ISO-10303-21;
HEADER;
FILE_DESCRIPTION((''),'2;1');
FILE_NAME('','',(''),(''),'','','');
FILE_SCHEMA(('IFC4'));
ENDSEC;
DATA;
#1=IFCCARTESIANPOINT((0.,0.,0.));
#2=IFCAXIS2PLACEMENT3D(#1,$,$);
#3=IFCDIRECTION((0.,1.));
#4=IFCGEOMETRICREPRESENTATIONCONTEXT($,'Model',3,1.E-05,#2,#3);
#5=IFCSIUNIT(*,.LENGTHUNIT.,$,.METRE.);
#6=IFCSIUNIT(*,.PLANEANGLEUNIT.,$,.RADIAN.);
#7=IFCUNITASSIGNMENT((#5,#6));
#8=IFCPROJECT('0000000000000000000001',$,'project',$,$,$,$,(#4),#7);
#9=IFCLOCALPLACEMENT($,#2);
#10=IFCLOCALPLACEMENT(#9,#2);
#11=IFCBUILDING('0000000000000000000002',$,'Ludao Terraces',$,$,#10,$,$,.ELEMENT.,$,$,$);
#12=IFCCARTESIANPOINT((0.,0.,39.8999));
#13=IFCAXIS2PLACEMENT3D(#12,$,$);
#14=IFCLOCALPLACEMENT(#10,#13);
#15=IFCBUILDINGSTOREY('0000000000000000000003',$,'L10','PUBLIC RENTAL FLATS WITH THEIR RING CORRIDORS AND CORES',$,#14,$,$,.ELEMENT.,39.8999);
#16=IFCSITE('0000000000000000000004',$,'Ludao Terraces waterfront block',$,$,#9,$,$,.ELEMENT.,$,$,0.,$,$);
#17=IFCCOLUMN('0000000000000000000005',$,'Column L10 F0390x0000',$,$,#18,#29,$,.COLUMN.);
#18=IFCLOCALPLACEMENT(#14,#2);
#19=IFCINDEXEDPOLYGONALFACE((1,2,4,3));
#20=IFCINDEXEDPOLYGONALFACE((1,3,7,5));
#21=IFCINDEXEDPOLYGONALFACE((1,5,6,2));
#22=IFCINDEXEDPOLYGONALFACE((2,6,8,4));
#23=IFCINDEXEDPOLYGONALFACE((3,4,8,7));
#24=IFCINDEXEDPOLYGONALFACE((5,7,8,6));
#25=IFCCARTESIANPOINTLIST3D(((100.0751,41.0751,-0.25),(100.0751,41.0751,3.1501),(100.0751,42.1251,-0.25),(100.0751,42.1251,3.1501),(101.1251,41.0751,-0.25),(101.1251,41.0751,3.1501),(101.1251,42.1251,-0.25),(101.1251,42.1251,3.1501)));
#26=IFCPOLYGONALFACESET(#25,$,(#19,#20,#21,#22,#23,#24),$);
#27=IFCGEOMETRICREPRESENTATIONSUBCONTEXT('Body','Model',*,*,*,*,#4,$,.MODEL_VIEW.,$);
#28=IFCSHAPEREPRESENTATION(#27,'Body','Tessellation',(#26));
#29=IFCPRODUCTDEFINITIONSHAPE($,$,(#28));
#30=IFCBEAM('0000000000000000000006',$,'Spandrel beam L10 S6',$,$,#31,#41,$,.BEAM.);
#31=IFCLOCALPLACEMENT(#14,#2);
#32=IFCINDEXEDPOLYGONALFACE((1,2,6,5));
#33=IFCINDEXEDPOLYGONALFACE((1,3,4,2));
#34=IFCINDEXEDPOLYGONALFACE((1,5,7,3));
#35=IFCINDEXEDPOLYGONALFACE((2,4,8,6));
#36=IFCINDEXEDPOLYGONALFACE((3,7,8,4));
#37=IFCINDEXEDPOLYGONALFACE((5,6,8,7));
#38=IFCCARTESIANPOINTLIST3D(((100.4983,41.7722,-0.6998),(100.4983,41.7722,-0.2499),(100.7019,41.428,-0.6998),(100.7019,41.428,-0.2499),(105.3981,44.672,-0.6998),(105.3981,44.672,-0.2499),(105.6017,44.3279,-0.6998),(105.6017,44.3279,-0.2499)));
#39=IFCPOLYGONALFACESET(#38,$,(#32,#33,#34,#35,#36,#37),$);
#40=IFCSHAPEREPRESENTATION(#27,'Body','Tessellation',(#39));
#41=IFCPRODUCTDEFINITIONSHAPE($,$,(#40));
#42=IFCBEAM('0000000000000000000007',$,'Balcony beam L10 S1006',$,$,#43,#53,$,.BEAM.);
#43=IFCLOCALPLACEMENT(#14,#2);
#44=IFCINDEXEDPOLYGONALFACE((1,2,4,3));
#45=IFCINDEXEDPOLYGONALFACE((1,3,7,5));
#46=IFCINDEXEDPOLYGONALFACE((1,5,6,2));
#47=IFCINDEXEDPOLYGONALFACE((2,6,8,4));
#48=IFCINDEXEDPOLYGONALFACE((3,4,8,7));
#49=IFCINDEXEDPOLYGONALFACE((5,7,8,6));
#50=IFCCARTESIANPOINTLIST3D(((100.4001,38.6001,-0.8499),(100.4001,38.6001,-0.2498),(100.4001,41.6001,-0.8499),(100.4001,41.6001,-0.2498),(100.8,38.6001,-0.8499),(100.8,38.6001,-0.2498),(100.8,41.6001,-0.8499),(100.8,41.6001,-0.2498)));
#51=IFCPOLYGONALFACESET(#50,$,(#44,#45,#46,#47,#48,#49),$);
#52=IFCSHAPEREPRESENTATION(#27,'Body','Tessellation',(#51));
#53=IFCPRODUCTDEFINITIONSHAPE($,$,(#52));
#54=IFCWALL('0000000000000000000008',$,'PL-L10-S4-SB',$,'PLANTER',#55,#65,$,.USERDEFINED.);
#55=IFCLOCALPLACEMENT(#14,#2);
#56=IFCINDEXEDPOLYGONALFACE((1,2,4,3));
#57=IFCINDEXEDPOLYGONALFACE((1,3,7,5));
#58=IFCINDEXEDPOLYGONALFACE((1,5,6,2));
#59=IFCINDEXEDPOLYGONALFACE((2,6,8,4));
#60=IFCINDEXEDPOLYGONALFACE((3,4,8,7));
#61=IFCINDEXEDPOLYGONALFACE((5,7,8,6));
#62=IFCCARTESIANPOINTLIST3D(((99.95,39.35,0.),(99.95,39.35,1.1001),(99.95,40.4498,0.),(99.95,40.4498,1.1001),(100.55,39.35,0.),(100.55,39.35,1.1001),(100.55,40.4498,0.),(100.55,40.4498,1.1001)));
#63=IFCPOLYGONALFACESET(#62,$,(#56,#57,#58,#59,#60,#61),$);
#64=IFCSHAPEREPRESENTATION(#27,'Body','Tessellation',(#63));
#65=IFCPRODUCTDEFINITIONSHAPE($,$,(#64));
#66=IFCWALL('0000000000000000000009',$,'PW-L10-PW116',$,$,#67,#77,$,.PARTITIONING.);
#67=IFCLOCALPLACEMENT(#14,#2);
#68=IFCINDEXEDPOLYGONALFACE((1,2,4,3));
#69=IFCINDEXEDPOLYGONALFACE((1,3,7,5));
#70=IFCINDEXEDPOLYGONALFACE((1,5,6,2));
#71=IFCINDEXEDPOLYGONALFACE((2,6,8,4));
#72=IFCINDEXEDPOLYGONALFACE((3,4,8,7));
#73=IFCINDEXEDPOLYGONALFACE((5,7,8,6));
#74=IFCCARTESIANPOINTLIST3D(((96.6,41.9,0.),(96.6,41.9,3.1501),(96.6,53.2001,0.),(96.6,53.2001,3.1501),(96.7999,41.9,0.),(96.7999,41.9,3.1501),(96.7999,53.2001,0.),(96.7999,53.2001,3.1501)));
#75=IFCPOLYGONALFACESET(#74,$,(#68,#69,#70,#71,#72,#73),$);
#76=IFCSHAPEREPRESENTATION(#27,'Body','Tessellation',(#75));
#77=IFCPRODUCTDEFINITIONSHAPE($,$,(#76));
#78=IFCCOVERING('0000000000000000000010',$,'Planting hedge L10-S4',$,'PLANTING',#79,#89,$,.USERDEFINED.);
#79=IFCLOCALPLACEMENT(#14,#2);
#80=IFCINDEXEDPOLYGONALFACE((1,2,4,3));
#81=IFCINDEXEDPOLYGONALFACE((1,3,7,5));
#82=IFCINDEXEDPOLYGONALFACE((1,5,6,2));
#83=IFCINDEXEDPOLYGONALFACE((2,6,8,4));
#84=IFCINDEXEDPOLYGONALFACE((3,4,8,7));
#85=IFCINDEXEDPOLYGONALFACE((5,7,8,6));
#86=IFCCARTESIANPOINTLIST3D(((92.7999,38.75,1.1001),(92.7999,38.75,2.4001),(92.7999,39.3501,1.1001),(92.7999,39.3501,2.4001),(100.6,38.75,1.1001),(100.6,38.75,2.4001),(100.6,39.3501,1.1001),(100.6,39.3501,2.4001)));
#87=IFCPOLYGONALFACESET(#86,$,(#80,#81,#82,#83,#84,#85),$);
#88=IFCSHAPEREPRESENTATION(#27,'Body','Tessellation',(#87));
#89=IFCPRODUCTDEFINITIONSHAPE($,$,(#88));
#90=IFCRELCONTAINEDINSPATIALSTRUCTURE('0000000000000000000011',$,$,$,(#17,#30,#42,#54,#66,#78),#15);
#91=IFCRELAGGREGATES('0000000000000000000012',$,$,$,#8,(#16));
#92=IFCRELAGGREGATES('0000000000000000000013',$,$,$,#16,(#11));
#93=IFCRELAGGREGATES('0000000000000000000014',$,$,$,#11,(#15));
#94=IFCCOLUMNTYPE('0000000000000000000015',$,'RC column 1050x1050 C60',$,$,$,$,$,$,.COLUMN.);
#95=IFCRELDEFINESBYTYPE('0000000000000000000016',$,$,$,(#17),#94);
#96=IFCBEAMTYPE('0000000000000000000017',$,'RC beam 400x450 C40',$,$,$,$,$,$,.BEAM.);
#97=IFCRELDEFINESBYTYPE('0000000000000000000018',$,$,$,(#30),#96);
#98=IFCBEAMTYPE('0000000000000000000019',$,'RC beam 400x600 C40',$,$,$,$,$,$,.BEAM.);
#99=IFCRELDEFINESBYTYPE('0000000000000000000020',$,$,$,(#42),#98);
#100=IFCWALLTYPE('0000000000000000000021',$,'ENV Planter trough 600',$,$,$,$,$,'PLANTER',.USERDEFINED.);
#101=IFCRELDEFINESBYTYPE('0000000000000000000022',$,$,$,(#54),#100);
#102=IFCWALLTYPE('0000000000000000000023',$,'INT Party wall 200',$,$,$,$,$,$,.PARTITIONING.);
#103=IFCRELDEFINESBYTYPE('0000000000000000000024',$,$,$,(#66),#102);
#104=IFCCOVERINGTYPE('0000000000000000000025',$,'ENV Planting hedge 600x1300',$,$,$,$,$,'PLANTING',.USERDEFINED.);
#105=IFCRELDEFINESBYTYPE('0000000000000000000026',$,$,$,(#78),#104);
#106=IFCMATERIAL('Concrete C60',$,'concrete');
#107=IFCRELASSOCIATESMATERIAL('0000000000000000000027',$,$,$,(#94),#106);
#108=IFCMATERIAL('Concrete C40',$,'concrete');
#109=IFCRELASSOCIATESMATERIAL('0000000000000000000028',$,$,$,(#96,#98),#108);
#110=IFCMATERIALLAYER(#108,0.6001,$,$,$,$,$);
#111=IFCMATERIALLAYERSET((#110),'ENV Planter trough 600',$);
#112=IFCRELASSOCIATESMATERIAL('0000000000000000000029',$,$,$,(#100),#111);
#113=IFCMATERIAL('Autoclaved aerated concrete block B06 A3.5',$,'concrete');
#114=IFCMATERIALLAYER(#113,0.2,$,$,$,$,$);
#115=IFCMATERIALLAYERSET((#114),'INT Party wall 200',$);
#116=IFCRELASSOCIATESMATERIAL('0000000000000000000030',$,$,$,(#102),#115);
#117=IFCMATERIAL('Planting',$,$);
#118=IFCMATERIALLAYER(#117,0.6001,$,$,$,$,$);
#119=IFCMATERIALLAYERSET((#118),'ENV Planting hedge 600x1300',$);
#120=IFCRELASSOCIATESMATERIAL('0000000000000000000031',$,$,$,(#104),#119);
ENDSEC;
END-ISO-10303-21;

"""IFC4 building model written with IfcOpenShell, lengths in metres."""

from ifc_helpers import new_model, si_unit, direction, frame, frame_2d, origin, origin_2d, place, context, subcontext, project, spatial, rectangle, extrude, material, layer, layer_set, material_profile, profile_set, type_object, element, save


model = new_model("IFC4")

# Units and contexts
model_context = context("Model", 3, precision=1e-05, world=origin(), true_north=direction((0.0, 1.0)))
body_context = subcontext(model_context, "Body", "Model", "MODEL_VIEW")
ifc_project = project(units=[si_unit("LENGTHUNIT", "METRE"), si_unit("PLANEANGLEUNIT", "RADIAN")], contexts=[model_context])

# Site, building, storey
site_placement = place(None, origin())
site = spatial("IfcSite", under=ifc_project, at=site_placement, Name="Ludao Terraces waterfront block", CompositionType="ELEMENT", RefElevation=0.0)
building_placement = place(site_placement, origin())
building = spatial("IfcBuilding", under=site, at=building_placement, Name="Ludao Terraces", CompositionType="ELEMENT")
storey_placement = place(building_placement, frame((0.0, 0.0, 39.8999)))
storey = spatial("IfcBuildingStorey", under=building, at=storey_placement, Name="L10", Description="PUBLIC RENTAL FLATS WITH THEIR RING CORRIDORS AND CORES", CompositionType="ELEMENT", Elevation=39.8999)

# Column
ifc_material_1 = material(Name="Concrete C60", Category="concrete")
ifc_material_profile_1 = material_profile(ifc_material_1, rectangle(XDim=1.05, YDim=1.05, at=origin_2d()), Name="1050 X 1050")
ifc_profile_set_1 = profile_set([ifc_material_profile_1], Name="Concrete C60")
column_type = type_object("IfcColumnType", Name="RC column 1050x1050 C60", PredefinedType="COLUMN", material=ifc_profile_set_1)
column_placement = place(storey_placement, frame((100.6001, 41.6001, -0.25), z_axis=(0.0, 0.0, 1.0), x_axis=(1.0, 0.0, 0.0)))
element("IfcColumn", 1, at=column_placement, inside=storey, type_object=column_type, Name="Column L10 F0390x0000", PredefinedType="COLUMN", context=body_context, shape_type="SweptSolid", body=[
    extrude(rectangle(XDim=1.05, YDim=1.05, at=origin_2d()), origin(), (0.0, 0.0, 1.0), 3.4001),
])

# Beams
ifc_material_2 = material(Name="Concrete C40", Category="concrete")
ifc_material_profile_2 = material_profile(ifc_material_2, rectangle(XDim=0.3999, YDim=0.45, at=origin_2d()), Name="400 X 450")
ifc_profile_set_2 = profile_set([ifc_material_profile_2], Name="Concrete C40")
beam_type_1 = type_object("IfcBeamType", Name="RC beam 400x450 C40", PredefinedType="BEAM", material=ifc_profile_set_2)
beam_1_placement = place(storey_placement, frame((100.6001, 41.6001, -0.4749), z_axis=(0.86058, 0.509316, 0.0), x_axis=(-0.509316, 0.86058, 0.0)))
element("IfcBeam", 2, at=beam_1_placement, inside=storey, type_object=beam_type_1, Name="Spandrel beam L10 S6", PredefinedType="BEAM", context=body_context, shape_type="SweptSolid", body=[
    extrude(rectangle(XDim=0.3999, YDim=0.45, at=origin_2d()), origin(), (0.0, 0.0, 1.0), 5.6936),
])
ifc_material_profile_3 = material_profile(ifc_material_2, rectangle(XDim=0.3999, YDim=0.6001, at=origin_2d()), Name="400 X 600")
ifc_profile_set_3 = profile_set([ifc_material_profile_3], Name="Concrete C40")
beam_type_2 = type_object("IfcBeamType", Name="RC beam 400x600 C40", PredefinedType="BEAM", material=ifc_profile_set_3)
beam_2_placement = place(storey_placement, frame((100.6001, 41.6001, -0.5498), z_axis=(0.0, -1.0, 0.0), x_axis=(1.0, 0.0, 0.0)))
element("IfcBeam", 3, at=beam_2_placement, inside=storey, type_object=beam_type_2, Name="Balcony beam L10 S1006", PredefinedType="BEAM", context=body_context, shape_type="SweptSolid", body=[
    extrude(rectangle(XDim=0.3999, YDim=0.6001, at=origin_2d()), origin(), (0.0, 0.0, 1.0), 3.0),
])

# Walls
ifc_layer_1 = layer(ifc_material_2, 0.6001)
ifc_layer_set_1 = layer_set([ifc_layer_1], Name="ENV Planter trough 600")
wall_type_1 = type_object("IfcWallType", Name="ENV Planter trough 600", ElementType="PLANTER", PredefinedType="USERDEFINED", material=ifc_layer_set_1)
wall_1_placement = place(storey_placement, frame((100.25, 39.3501, 0.0), z_axis=(0.0, 0.0, 1.0), x_axis=(0.0, 1.0, 0.0)))
element("IfcWall", 4, at=wall_1_placement, inside=storey, type_object=wall_type_1, Name="PL-L10-S4-SB", ObjectType="PLANTER", PredefinedType="USERDEFINED", context=body_context, shape_type="SweptSolid", body=[
    extrude(rectangle(XDim=1.0999, YDim=0.6001, at=frame_2d((0.5498, 0.0))), origin(), (0.0, 0.0, 1.0), 1.1001),
])
ifc_material_3 = material(Name="Autoclaved aerated concrete block B06 A3.5", Category="concrete")
ifc_layer_2 = layer(ifc_material_3, 0.2)
ifc_layer_set_2 = layer_set([ifc_layer_2], Name="INT Party wall 200")
wall_type_2 = type_object("IfcWallType", Name="INT Party wall 200", PredefinedType="PARTITIONING", material=ifc_layer_set_2)
wall_2_placement = place(storey_placement, frame((96.7, 41.9001, 0.0), z_axis=(0.0, 0.0, 1.0), x_axis=(0.0, 1.0, 0.0)))
element("IfcWall", 5, at=wall_2_placement, inside=storey, type_object=wall_type_2, Name="PW-L10-PW116", PredefinedType="PARTITIONING", context=body_context, shape_type="SweptSolid", body=[
    extrude(rectangle(XDim=11.3, YDim=0.2, at=frame_2d((5.6499, 0.0))), origin(), (0.0, 0.0, 1.0), 3.1501),
])

# Covering
ifc_material_4 = material(Name="Planting")
ifc_layer_3 = layer(ifc_material_4, 0.6001)
ifc_layer_set_3 = layer_set([ifc_layer_3], Name="ENV Planting hedge 600x1300")
covering_type = type_object("IfcCoveringType", Name="ENV Planting hedge 600x1300", ElementType="PLANTING", PredefinedType="USERDEFINED", material=ifc_layer_set_3)
covering_placement = place(storey_placement, frame((96.7, 39.05, 1.1001), z_axis=(0.0, 0.0, 1.0), x_axis=(1.0, 0.0, 0.0)))
element("IfcCovering", 6, at=covering_placement, inside=storey, type_object=covering_type, Name="Planting hedge L10-S4", ObjectType="PLANTING", PredefinedType="USERDEFINED", context=body_context, shape_type="SweptSolid", body=[
    extrude(rectangle(XDim=7.8, YDim=0.6001, at=origin_2d()), origin(), (0.0, 0.0, 1.0), 1.3),
])

save(model, "model.ifc")
